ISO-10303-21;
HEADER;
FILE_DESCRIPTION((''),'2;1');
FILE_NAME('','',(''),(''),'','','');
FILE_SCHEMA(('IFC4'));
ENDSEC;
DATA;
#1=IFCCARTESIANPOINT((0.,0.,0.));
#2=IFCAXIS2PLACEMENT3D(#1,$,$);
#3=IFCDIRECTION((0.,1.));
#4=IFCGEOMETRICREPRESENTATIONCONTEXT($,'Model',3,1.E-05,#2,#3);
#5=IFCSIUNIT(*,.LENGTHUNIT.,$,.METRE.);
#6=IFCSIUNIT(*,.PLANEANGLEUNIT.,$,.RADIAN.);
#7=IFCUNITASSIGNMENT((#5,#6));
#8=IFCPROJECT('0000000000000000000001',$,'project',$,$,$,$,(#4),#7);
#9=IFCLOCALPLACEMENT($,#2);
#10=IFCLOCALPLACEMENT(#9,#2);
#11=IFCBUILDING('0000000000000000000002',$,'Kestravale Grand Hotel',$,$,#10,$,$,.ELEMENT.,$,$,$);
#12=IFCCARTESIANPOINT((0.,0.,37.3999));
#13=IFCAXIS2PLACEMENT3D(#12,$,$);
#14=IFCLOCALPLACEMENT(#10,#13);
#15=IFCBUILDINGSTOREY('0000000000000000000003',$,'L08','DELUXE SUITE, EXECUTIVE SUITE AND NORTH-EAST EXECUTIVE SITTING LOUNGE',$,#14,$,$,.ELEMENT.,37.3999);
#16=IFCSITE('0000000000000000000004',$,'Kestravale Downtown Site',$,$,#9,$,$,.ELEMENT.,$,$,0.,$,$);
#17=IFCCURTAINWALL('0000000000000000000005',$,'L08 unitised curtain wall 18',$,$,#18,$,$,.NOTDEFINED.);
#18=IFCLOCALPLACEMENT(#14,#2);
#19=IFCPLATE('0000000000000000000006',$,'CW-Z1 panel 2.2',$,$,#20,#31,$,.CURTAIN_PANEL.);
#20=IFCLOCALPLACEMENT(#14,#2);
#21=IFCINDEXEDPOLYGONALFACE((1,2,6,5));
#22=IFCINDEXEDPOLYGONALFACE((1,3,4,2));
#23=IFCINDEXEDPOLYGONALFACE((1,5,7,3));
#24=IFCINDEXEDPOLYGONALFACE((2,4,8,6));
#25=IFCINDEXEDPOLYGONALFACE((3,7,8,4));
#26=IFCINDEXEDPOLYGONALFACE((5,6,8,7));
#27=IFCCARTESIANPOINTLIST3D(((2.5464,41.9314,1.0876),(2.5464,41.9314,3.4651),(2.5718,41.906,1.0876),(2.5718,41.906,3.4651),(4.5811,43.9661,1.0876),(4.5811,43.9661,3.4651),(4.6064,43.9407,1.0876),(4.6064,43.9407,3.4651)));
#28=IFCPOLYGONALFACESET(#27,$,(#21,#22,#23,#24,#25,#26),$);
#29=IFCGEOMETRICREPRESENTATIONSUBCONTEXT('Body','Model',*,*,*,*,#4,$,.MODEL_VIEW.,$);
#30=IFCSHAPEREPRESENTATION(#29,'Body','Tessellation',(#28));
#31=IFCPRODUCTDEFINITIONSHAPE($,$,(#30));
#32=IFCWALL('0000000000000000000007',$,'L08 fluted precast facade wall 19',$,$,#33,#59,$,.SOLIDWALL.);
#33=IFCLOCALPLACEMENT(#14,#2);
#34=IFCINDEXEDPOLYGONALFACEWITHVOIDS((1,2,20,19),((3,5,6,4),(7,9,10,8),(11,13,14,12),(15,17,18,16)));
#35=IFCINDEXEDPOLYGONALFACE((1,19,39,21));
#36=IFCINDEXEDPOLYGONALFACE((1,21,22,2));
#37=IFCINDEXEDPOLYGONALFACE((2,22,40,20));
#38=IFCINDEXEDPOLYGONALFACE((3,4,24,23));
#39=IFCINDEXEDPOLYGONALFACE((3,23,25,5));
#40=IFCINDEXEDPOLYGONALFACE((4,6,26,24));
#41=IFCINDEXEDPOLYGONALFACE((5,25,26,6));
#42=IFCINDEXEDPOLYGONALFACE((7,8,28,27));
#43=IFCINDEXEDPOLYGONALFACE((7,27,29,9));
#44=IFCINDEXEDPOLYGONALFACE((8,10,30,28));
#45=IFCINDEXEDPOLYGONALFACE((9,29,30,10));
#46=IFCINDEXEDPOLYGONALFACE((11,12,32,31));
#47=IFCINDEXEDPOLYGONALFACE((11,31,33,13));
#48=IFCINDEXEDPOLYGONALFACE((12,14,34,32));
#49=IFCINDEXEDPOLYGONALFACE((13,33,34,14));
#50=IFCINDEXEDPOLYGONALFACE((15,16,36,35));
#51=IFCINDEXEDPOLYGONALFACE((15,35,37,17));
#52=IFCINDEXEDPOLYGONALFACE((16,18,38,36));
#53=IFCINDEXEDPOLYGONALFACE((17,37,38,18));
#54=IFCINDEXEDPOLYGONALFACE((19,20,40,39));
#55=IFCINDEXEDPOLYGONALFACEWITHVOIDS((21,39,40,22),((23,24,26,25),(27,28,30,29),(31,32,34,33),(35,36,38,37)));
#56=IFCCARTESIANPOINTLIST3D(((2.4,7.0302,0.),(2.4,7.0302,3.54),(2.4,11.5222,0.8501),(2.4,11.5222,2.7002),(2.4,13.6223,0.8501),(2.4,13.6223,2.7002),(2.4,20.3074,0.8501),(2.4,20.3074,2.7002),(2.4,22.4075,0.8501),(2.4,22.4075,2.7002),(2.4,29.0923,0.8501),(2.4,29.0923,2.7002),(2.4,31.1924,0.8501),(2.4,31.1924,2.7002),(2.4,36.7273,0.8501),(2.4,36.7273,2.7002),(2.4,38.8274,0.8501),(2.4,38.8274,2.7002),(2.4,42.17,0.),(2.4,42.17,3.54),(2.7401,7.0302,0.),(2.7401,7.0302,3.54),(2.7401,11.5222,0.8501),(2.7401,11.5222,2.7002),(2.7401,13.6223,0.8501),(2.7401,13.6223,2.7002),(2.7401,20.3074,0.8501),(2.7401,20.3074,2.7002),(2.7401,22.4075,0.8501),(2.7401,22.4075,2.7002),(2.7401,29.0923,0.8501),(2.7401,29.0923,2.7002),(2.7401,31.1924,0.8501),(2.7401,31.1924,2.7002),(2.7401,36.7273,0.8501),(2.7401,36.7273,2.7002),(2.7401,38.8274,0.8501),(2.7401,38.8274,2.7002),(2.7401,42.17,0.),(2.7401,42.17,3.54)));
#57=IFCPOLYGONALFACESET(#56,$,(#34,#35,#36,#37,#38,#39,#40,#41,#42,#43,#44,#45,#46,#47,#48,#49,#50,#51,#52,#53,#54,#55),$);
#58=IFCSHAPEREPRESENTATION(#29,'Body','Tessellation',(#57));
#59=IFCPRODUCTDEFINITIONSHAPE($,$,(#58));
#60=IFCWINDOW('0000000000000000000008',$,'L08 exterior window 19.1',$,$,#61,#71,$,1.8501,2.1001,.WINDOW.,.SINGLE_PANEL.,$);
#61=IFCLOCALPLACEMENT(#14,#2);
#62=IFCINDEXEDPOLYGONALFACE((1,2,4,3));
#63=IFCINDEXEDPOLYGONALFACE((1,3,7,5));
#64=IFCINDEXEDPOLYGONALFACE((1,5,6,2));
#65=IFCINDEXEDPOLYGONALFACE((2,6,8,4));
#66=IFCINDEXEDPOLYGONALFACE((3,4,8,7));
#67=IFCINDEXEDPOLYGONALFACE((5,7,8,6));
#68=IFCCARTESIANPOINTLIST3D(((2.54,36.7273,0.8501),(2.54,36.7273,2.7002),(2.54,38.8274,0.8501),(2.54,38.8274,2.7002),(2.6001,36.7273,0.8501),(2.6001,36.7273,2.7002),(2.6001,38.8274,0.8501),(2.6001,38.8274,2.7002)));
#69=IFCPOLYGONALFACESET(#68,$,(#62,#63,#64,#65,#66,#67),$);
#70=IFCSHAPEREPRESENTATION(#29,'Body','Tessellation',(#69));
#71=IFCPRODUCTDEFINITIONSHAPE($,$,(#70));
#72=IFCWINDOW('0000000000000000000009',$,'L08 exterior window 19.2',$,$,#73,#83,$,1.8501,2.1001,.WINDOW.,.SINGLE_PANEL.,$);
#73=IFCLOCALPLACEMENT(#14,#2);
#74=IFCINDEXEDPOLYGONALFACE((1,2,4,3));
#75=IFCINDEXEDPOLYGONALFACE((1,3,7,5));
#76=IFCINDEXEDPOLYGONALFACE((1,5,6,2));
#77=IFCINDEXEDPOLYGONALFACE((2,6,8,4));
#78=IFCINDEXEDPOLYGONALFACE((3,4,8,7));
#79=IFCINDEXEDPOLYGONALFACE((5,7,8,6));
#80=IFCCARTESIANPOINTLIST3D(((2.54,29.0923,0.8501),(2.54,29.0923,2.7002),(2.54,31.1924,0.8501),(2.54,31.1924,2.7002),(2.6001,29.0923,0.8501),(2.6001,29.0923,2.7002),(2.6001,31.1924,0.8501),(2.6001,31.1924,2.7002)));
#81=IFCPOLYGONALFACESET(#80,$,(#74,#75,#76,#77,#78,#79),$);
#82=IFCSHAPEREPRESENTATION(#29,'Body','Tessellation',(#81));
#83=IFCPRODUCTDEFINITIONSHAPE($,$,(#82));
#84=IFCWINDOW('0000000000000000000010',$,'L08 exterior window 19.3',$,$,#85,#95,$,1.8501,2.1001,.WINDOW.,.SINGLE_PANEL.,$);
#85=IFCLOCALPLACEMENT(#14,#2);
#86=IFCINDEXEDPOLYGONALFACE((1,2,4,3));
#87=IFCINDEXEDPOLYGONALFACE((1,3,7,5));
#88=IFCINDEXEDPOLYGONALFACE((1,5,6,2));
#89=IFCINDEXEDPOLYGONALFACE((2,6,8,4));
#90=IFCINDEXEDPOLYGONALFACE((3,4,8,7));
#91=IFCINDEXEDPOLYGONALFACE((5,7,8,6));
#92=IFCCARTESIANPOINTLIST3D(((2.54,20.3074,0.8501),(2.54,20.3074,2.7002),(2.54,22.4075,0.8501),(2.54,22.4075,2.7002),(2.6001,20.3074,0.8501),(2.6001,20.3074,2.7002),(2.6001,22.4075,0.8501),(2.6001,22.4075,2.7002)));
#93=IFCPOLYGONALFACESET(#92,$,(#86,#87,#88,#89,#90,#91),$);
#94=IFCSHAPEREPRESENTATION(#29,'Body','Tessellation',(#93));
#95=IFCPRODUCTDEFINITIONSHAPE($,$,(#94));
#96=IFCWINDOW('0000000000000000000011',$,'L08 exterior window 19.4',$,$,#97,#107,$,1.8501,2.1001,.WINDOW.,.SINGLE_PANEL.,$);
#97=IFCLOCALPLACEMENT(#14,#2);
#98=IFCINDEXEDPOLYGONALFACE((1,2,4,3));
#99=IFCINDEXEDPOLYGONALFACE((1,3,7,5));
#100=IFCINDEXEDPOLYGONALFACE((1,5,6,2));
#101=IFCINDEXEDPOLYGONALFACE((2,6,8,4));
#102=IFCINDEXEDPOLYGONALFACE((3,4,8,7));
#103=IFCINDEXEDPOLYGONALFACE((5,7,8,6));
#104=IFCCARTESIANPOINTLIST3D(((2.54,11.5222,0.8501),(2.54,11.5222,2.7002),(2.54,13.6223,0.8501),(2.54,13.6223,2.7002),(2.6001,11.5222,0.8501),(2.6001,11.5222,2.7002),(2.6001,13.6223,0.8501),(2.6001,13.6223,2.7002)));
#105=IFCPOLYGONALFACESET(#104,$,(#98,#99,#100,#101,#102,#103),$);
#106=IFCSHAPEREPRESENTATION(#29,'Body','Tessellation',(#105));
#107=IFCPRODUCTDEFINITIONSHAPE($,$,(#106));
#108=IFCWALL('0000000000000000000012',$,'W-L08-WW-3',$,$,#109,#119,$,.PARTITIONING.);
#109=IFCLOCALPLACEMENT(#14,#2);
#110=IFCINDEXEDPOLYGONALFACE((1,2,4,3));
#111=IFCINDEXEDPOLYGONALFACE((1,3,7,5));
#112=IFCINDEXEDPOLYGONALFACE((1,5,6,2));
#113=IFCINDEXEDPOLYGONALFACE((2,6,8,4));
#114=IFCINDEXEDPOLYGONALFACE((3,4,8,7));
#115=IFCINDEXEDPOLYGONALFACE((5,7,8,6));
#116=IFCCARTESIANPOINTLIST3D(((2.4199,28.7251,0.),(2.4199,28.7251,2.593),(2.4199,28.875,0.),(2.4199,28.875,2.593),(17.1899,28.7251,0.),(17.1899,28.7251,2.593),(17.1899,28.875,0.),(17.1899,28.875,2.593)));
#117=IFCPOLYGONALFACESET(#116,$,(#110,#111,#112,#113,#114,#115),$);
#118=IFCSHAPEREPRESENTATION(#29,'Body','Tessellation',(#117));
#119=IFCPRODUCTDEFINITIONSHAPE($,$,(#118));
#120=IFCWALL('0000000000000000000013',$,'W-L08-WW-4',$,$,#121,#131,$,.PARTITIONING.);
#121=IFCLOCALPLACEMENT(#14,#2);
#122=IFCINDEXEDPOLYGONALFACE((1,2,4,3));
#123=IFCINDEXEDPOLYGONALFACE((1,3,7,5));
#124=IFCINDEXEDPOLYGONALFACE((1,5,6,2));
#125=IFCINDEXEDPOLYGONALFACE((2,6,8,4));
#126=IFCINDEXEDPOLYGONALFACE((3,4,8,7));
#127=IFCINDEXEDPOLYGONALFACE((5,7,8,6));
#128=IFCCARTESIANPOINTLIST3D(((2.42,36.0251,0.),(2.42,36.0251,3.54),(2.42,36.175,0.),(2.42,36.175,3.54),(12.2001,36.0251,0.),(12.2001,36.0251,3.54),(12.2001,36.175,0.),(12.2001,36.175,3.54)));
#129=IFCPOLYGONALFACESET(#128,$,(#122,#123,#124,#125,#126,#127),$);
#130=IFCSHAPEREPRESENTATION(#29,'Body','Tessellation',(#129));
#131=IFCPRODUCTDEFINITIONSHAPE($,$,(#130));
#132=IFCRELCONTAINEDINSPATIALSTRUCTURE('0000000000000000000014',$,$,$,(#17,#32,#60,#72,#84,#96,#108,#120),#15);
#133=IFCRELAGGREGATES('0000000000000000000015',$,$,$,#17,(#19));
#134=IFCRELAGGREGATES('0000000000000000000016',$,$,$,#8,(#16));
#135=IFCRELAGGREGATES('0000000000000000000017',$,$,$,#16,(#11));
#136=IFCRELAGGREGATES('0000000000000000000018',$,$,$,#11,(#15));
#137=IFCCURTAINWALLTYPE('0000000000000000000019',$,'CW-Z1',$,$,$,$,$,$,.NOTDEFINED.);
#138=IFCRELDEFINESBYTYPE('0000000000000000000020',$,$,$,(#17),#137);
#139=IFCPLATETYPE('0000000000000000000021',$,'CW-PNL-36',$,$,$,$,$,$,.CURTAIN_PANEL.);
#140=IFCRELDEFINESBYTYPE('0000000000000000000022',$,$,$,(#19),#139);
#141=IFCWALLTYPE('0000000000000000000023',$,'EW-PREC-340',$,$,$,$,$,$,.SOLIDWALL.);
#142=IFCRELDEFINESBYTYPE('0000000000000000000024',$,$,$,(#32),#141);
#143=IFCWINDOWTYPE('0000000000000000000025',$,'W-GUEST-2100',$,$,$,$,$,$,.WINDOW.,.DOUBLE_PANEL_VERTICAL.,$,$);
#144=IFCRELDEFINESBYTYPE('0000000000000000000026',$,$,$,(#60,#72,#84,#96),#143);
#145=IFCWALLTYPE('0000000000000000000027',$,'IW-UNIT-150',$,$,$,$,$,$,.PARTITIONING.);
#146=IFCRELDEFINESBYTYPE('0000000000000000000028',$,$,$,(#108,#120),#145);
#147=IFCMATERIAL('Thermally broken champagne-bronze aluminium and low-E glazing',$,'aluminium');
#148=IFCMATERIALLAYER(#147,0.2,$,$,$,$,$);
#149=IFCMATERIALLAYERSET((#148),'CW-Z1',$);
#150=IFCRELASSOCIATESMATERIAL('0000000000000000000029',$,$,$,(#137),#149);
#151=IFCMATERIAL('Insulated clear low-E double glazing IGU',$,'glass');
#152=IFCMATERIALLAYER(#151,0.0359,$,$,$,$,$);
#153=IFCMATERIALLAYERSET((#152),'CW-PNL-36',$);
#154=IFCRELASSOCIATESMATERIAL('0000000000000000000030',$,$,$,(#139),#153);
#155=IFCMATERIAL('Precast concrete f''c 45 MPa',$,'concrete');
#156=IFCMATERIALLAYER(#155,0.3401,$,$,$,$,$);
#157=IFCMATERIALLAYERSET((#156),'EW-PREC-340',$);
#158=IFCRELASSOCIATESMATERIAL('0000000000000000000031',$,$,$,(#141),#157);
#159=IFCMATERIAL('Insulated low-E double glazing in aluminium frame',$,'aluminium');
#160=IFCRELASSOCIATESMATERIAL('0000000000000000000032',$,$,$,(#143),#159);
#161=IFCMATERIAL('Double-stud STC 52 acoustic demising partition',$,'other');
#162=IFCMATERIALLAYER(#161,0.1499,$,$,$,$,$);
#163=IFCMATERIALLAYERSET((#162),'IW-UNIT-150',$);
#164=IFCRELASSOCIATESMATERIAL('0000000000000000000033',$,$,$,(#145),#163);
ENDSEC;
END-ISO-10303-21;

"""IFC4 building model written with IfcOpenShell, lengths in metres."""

from ifc_helpers import new_model, si_unit, direction, frame, frame_2d, origin, origin_2d, place, context, subcontext, project, spatial, rectangle, extrude, material, layer, layer_set, type_object, element, fill, aggregate, save


model = new_model("IFC4")

# Units and contexts
model_context = context("Model", 3, precision=1e-05, world=origin(), true_north=direction((0.0, 1.0)))
body_context = subcontext(model_context, "Body", "Model", "MODEL_VIEW")
ifc_project = project(units=[si_unit("LENGTHUNIT", "METRE"), si_unit("PLANEANGLEUNIT", "RADIAN")], contexts=[model_context])

# Site, building, storey
site_placement = place(None, origin())
site = spatial("IfcSite", under=ifc_project, at=site_placement, Name="Kestravale Downtown Site", CompositionType="ELEMENT", RefElevation=0.0)
building_placement = place(site_placement, origin())
building = spatial("IfcBuilding", under=site, at=building_placement, Name="Kestravale Grand Hotel", CompositionType="ELEMENT")
storey_placement = place(building_placement, frame((0.0, 0.0, 37.3999)))
storey = spatial("IfcBuildingStorey", under=building, at=storey_placement, Name="L08", Description="DELUXE SUITE, EXECUTIVE SUITE AND NORTH-EAST EXECUTIVE SITTING LOUNGE", CompositionType="ELEMENT", Elevation=37.3999)

# Curtain wall, plate
ifc_material_1 = material(Name="Thermally broken champagne-bronze aluminium and low-E glazing", Category="aluminium")
ifc_layer_1 = layer(ifc_material_1, 0.2)
ifc_layer_set_1 = layer_set([ifc_layer_1], Name="CW-Z1")
curtain_wall_type = type_object("IfcCurtainWallType", Name="CW-Z1", PredefinedType="NOTDEFINED", material=ifc_layer_set_1)
curtain_wall_placement = place(storey_placement, origin())
curtain_wall = element("IfcCurtainWall", 1, at=curtain_wall_placement, inside=storey, type_object=curtain_wall_type, Name="L08 unitised curtain wall 18", PredefinedType="NOTDEFINED")
ifc_material_2 = material(Name="Insulated clear low-E double glazing IGU", Category="glass")
ifc_layer_2 = layer(ifc_material_2, 0.0359)
ifc_layer_set_2 = layer_set([ifc_layer_2], Name="CW-PNL-36")
plate_type = type_object("IfcPlateType", Name="CW-PNL-36", PredefinedType="CURTAIN_PANEL", material=ifc_layer_set_2)
plate_1_placement = place(storey_placement, frame((3.5764, 42.936, 1.0876), z_axis=(0.0, 0.0, 1.0), x_axis=(-0.707107, -0.707107, 0.0)))
plate_1 = element("IfcPlate", 2, at=plate_1_placement, type_object=plate_type, Name="CW-Z1 panel 2.2", PredefinedType="CURTAIN_PANEL", context=body_context, shape_type="SweptSolid", body=[
    extrude(rectangle(XDim=2.8774, YDim=0.0359, at=origin_2d()), origin(), (0.0, 0.0, 1.0), 2.3774),
])
aggregate(curtain_wall, [plate_1])

# Wall, openings, windows
ifc_material_3 = material(Name="Precast concrete f'c 45 MPa", Category="concrete")
ifc_layer_3 = layer(ifc_material_3, 0.3401)
ifc_layer_set_3 = layer_set([ifc_layer_3], Name="EW-PREC-340")
wall_type_1 = type_object("IfcWallType", Name="EW-PREC-340", PredefinedType="SOLIDWALL", material=ifc_layer_set_3)
wall_1_placement = place(storey_placement, frame((2.5701, 42.1699, 0.0), z_axis=(0.0, 0.0, 1.0), x_axis=(0.0, -1.0, 0.0)))
wall_1 = element("IfcWall", 3, at=wall_1_placement, inside=storey, type_object=wall_type_1, Name="L08 fluted precast facade wall 19", PredefinedType="SOLIDWALL", context=body_context, shape_type="SweptSolid", body=[
    extrude(rectangle(XDim=35.1399, YDim=0.3401, at=frame_2d((17.5698, 0.0))), origin(), (0.0, 0.0, 1.0), 3.54),
])
opening_1_placement = place(wall_1_placement, frame((3.3425, 0.0, 0.8501)))
opening_1 = element("IfcOpeningElement", 4, at=opening_1_placement, cuts=wall_1, PredefinedType="OPENING", context=body_context, shape_type="SweptSolid", body=[
    extrude(rectangle(XDim=2.1001, YDim=1.8501, at=frame_2d((1.05, 0.925))), frame((0.0, 0.1799, 0.0), z_axis=(0.0, -1.0, 0.0), x_axis=(1.0, 0.0, 0.0)), (0.0, 0.0, 1.0), 0.3601),
])
opening_2_placement = place(wall_1_placement, frame((10.9775, 0.0, 0.8501)))
opening_2 = element("IfcOpeningElement", 5, at=opening_2_placement, cuts=wall_1, PredefinedType="OPENING", context=body_context, shape_type="SweptSolid", body=[
    extrude(rectangle(XDim=2.1001, YDim=1.8501, at=frame_2d((1.05, 0.925))), frame((0.0, 0.1799, 0.0), z_axis=(0.0, -1.0, 0.0), x_axis=(1.0, 0.0, 0.0)), (0.0, 0.0, 1.0), 0.3601),
])
opening_3_placement = place(wall_1_placement, frame((19.7625, 0.0, 0.8501)))
opening_3 = element("IfcOpeningElement", 6, at=opening_3_placement, cuts=wall_1, PredefinedType="OPENING", context=body_context, shape_type="SweptSolid", body=[
    extrude(rectangle(XDim=2.1001, YDim=1.8501, at=frame_2d((1.05, 0.925))), frame((0.0, 0.1799, 0.0), z_axis=(0.0, -1.0, 0.0), x_axis=(1.0, 0.0, 0.0)), (0.0, 0.0, 1.0), 0.3601),
])
opening_4_placement = place(wall_1_placement, frame((28.5476, 0.0, 0.8501)))
opening_4 = element("IfcOpeningElement", 7, at=opening_4_placement, cuts=wall_1, PredefinedType="OPENING", context=body_context, shape_type="SweptSolid", body=[
    extrude(rectangle(XDim=2.1001, YDim=1.8501, at=frame_2d((1.05, 0.925))), frame((0.0, 0.1799, 0.0), z_axis=(0.0, -1.0, 0.0), x_axis=(1.0, 0.0, 0.0)), (0.0, 0.0, 1.0), 0.3601),
])
ifc_material_4 = material(Name="Insulated low-E double glazing in aluminium frame", Category="aluminium")
window_type = type_object("IfcWindowType", Name="W-GUEST-2100", PartitioningType="DOUBLE_PANEL_VERTICAL", PredefinedType="WINDOW", material=ifc_material_4)
window_1_placement = place(opening_1_placement, origin())
window_1 = element("IfcWindow", 8, at=window_1_placement, inside=storey, type_object=window_type, Name="L08 exterior window 19.1", OverallHeight=1.8501, OverallWidth=2.1001, PartitioningType="SINGLE_PANEL", PredefinedType="WINDOW", context=body_context, shape_type="SweptSolid", body=[
    extrude(rectangle(XDim=2.1001, YDim=1.8501, at=frame_2d((1.05, 0.925))), frame((0.0, 0.03, 0.0), z_axis=(0.0, -1.0, 0.0), x_axis=(1.0, 0.0, 0.0)), (0.0, 0.0, 1.0), 0.0601),
])
fill(opening_1, window_1)
window_2_placement = place(opening_2_placement, origin())
window_2 = element("IfcWindow", 9, at=window_2_placement, inside=storey, type_object=window_type, Name="L08 exterior window 19.2", OverallHeight=1.8501, OverallWidth=2.1001, PartitioningType="SINGLE_PANEL", PredefinedType="WINDOW", context=body_context, shape_type="SweptSolid", body=[
    extrude(rectangle(XDim=2.1001, YDim=1.8501, at=frame_2d((1.05, 0.925))), frame((0.0, 0.03, 0.0), z_axis=(0.0, -1.0, 0.0), x_axis=(1.0, 0.0, 0.0)), (0.0, 0.0, 1.0), 0.0601),
])
fill(opening_2, window_2)
window_3_placement = place(opening_3_placement, origin())
window_3 = element("IfcWindow", 10, at=window_3_placement, inside=storey, type_object=window_type, Name="L08 exterior window 19.3", OverallHeight=1.8501, OverallWidth=2.1001, PartitioningType="SINGLE_PANEL", PredefinedType="WINDOW", context=body_context, shape_type="SweptSolid", body=[
    extrude(rectangle(XDim=2.1001, YDim=1.8501, at=frame_2d((1.05, 0.925))), frame((0.0, 0.03, 0.0), z_axis=(0.0, -1.0, 0.0), x_axis=(1.0, 0.0, 0.0)), (0.0, 0.0, 1.0), 0.0601),
])
fill(opening_3, window_3)
window_4_placement = place(opening_4_placement, origin())
window_4 = element("IfcWindow", 11, at=window_4_placement, inside=storey, type_object=window_type, Name="L08 exterior window 19.4", OverallHeight=1.8501, OverallWidth=2.1001, PartitioningType="SINGLE_PANEL", PredefinedType="WINDOW", context=body_context, shape_type="SweptSolid", body=[
    extrude(rectangle(XDim=2.1001, YDim=1.8501, at=frame_2d((1.05, 0.925))), frame((0.0, 0.03, 0.0), z_axis=(0.0, -1.0, 0.0), x_axis=(1.0, 0.0, 0.0)), (0.0, 0.0, 1.0), 0.0601),
])
fill(opening_4, window_4)

# Walls
ifc_material_5 = material(Name="Double-stud STC 52 acoustic demising partition", Category="other")
ifc_layer_4 = layer(ifc_material_5, 0.1499)
ifc_layer_set_4 = layer_set([ifc_layer_4], Name="IW-UNIT-150")
wall_type_2 = type_object("IfcWallType", Name="IW-UNIT-150", PredefinedType="PARTITIONING", material=ifc_layer_set_4)
wall_2_placement = place(storey_placement, frame((2.4199, 28.8, 0.0), z_axis=(0.0, 0.0, 1.0), x_axis=(1.0, 0.0, 0.0)))
element("IfcWall", 12, at=wall_2_placement, inside=storey, type_object=wall_type_2, Name="W-L08-WW-3", PredefinedType="PARTITIONING", context=body_context, shape_type="SweptSolid", body=[
    extrude(rectangle(XDim=14.77, YDim=0.1499, at=frame_2d((7.385, 0.0))), origin(), (0.0, 0.0, 1.0), 2.593),
])
wall_3_placement = place(storey_placement, frame((2.4199, 36.1001, 0.0), z_axis=(0.0, 0.0, 1.0), x_axis=(1.0, 0.0, 0.0)))
element("IfcWall", 13, at=wall_3_placement, inside=storey, type_object=wall_type_2, Name="W-L08-WW-4", PredefinedType="PARTITIONING", context=body_context, shape_type="SweptSolid", body=[
    extrude(rectangle(XDim=9.78, YDim=0.1499, at=frame_2d((4.8901, 0.0))), origin(), (0.0, 0.0, 1.0), 3.54),
])

save(model, "model.ifc")
